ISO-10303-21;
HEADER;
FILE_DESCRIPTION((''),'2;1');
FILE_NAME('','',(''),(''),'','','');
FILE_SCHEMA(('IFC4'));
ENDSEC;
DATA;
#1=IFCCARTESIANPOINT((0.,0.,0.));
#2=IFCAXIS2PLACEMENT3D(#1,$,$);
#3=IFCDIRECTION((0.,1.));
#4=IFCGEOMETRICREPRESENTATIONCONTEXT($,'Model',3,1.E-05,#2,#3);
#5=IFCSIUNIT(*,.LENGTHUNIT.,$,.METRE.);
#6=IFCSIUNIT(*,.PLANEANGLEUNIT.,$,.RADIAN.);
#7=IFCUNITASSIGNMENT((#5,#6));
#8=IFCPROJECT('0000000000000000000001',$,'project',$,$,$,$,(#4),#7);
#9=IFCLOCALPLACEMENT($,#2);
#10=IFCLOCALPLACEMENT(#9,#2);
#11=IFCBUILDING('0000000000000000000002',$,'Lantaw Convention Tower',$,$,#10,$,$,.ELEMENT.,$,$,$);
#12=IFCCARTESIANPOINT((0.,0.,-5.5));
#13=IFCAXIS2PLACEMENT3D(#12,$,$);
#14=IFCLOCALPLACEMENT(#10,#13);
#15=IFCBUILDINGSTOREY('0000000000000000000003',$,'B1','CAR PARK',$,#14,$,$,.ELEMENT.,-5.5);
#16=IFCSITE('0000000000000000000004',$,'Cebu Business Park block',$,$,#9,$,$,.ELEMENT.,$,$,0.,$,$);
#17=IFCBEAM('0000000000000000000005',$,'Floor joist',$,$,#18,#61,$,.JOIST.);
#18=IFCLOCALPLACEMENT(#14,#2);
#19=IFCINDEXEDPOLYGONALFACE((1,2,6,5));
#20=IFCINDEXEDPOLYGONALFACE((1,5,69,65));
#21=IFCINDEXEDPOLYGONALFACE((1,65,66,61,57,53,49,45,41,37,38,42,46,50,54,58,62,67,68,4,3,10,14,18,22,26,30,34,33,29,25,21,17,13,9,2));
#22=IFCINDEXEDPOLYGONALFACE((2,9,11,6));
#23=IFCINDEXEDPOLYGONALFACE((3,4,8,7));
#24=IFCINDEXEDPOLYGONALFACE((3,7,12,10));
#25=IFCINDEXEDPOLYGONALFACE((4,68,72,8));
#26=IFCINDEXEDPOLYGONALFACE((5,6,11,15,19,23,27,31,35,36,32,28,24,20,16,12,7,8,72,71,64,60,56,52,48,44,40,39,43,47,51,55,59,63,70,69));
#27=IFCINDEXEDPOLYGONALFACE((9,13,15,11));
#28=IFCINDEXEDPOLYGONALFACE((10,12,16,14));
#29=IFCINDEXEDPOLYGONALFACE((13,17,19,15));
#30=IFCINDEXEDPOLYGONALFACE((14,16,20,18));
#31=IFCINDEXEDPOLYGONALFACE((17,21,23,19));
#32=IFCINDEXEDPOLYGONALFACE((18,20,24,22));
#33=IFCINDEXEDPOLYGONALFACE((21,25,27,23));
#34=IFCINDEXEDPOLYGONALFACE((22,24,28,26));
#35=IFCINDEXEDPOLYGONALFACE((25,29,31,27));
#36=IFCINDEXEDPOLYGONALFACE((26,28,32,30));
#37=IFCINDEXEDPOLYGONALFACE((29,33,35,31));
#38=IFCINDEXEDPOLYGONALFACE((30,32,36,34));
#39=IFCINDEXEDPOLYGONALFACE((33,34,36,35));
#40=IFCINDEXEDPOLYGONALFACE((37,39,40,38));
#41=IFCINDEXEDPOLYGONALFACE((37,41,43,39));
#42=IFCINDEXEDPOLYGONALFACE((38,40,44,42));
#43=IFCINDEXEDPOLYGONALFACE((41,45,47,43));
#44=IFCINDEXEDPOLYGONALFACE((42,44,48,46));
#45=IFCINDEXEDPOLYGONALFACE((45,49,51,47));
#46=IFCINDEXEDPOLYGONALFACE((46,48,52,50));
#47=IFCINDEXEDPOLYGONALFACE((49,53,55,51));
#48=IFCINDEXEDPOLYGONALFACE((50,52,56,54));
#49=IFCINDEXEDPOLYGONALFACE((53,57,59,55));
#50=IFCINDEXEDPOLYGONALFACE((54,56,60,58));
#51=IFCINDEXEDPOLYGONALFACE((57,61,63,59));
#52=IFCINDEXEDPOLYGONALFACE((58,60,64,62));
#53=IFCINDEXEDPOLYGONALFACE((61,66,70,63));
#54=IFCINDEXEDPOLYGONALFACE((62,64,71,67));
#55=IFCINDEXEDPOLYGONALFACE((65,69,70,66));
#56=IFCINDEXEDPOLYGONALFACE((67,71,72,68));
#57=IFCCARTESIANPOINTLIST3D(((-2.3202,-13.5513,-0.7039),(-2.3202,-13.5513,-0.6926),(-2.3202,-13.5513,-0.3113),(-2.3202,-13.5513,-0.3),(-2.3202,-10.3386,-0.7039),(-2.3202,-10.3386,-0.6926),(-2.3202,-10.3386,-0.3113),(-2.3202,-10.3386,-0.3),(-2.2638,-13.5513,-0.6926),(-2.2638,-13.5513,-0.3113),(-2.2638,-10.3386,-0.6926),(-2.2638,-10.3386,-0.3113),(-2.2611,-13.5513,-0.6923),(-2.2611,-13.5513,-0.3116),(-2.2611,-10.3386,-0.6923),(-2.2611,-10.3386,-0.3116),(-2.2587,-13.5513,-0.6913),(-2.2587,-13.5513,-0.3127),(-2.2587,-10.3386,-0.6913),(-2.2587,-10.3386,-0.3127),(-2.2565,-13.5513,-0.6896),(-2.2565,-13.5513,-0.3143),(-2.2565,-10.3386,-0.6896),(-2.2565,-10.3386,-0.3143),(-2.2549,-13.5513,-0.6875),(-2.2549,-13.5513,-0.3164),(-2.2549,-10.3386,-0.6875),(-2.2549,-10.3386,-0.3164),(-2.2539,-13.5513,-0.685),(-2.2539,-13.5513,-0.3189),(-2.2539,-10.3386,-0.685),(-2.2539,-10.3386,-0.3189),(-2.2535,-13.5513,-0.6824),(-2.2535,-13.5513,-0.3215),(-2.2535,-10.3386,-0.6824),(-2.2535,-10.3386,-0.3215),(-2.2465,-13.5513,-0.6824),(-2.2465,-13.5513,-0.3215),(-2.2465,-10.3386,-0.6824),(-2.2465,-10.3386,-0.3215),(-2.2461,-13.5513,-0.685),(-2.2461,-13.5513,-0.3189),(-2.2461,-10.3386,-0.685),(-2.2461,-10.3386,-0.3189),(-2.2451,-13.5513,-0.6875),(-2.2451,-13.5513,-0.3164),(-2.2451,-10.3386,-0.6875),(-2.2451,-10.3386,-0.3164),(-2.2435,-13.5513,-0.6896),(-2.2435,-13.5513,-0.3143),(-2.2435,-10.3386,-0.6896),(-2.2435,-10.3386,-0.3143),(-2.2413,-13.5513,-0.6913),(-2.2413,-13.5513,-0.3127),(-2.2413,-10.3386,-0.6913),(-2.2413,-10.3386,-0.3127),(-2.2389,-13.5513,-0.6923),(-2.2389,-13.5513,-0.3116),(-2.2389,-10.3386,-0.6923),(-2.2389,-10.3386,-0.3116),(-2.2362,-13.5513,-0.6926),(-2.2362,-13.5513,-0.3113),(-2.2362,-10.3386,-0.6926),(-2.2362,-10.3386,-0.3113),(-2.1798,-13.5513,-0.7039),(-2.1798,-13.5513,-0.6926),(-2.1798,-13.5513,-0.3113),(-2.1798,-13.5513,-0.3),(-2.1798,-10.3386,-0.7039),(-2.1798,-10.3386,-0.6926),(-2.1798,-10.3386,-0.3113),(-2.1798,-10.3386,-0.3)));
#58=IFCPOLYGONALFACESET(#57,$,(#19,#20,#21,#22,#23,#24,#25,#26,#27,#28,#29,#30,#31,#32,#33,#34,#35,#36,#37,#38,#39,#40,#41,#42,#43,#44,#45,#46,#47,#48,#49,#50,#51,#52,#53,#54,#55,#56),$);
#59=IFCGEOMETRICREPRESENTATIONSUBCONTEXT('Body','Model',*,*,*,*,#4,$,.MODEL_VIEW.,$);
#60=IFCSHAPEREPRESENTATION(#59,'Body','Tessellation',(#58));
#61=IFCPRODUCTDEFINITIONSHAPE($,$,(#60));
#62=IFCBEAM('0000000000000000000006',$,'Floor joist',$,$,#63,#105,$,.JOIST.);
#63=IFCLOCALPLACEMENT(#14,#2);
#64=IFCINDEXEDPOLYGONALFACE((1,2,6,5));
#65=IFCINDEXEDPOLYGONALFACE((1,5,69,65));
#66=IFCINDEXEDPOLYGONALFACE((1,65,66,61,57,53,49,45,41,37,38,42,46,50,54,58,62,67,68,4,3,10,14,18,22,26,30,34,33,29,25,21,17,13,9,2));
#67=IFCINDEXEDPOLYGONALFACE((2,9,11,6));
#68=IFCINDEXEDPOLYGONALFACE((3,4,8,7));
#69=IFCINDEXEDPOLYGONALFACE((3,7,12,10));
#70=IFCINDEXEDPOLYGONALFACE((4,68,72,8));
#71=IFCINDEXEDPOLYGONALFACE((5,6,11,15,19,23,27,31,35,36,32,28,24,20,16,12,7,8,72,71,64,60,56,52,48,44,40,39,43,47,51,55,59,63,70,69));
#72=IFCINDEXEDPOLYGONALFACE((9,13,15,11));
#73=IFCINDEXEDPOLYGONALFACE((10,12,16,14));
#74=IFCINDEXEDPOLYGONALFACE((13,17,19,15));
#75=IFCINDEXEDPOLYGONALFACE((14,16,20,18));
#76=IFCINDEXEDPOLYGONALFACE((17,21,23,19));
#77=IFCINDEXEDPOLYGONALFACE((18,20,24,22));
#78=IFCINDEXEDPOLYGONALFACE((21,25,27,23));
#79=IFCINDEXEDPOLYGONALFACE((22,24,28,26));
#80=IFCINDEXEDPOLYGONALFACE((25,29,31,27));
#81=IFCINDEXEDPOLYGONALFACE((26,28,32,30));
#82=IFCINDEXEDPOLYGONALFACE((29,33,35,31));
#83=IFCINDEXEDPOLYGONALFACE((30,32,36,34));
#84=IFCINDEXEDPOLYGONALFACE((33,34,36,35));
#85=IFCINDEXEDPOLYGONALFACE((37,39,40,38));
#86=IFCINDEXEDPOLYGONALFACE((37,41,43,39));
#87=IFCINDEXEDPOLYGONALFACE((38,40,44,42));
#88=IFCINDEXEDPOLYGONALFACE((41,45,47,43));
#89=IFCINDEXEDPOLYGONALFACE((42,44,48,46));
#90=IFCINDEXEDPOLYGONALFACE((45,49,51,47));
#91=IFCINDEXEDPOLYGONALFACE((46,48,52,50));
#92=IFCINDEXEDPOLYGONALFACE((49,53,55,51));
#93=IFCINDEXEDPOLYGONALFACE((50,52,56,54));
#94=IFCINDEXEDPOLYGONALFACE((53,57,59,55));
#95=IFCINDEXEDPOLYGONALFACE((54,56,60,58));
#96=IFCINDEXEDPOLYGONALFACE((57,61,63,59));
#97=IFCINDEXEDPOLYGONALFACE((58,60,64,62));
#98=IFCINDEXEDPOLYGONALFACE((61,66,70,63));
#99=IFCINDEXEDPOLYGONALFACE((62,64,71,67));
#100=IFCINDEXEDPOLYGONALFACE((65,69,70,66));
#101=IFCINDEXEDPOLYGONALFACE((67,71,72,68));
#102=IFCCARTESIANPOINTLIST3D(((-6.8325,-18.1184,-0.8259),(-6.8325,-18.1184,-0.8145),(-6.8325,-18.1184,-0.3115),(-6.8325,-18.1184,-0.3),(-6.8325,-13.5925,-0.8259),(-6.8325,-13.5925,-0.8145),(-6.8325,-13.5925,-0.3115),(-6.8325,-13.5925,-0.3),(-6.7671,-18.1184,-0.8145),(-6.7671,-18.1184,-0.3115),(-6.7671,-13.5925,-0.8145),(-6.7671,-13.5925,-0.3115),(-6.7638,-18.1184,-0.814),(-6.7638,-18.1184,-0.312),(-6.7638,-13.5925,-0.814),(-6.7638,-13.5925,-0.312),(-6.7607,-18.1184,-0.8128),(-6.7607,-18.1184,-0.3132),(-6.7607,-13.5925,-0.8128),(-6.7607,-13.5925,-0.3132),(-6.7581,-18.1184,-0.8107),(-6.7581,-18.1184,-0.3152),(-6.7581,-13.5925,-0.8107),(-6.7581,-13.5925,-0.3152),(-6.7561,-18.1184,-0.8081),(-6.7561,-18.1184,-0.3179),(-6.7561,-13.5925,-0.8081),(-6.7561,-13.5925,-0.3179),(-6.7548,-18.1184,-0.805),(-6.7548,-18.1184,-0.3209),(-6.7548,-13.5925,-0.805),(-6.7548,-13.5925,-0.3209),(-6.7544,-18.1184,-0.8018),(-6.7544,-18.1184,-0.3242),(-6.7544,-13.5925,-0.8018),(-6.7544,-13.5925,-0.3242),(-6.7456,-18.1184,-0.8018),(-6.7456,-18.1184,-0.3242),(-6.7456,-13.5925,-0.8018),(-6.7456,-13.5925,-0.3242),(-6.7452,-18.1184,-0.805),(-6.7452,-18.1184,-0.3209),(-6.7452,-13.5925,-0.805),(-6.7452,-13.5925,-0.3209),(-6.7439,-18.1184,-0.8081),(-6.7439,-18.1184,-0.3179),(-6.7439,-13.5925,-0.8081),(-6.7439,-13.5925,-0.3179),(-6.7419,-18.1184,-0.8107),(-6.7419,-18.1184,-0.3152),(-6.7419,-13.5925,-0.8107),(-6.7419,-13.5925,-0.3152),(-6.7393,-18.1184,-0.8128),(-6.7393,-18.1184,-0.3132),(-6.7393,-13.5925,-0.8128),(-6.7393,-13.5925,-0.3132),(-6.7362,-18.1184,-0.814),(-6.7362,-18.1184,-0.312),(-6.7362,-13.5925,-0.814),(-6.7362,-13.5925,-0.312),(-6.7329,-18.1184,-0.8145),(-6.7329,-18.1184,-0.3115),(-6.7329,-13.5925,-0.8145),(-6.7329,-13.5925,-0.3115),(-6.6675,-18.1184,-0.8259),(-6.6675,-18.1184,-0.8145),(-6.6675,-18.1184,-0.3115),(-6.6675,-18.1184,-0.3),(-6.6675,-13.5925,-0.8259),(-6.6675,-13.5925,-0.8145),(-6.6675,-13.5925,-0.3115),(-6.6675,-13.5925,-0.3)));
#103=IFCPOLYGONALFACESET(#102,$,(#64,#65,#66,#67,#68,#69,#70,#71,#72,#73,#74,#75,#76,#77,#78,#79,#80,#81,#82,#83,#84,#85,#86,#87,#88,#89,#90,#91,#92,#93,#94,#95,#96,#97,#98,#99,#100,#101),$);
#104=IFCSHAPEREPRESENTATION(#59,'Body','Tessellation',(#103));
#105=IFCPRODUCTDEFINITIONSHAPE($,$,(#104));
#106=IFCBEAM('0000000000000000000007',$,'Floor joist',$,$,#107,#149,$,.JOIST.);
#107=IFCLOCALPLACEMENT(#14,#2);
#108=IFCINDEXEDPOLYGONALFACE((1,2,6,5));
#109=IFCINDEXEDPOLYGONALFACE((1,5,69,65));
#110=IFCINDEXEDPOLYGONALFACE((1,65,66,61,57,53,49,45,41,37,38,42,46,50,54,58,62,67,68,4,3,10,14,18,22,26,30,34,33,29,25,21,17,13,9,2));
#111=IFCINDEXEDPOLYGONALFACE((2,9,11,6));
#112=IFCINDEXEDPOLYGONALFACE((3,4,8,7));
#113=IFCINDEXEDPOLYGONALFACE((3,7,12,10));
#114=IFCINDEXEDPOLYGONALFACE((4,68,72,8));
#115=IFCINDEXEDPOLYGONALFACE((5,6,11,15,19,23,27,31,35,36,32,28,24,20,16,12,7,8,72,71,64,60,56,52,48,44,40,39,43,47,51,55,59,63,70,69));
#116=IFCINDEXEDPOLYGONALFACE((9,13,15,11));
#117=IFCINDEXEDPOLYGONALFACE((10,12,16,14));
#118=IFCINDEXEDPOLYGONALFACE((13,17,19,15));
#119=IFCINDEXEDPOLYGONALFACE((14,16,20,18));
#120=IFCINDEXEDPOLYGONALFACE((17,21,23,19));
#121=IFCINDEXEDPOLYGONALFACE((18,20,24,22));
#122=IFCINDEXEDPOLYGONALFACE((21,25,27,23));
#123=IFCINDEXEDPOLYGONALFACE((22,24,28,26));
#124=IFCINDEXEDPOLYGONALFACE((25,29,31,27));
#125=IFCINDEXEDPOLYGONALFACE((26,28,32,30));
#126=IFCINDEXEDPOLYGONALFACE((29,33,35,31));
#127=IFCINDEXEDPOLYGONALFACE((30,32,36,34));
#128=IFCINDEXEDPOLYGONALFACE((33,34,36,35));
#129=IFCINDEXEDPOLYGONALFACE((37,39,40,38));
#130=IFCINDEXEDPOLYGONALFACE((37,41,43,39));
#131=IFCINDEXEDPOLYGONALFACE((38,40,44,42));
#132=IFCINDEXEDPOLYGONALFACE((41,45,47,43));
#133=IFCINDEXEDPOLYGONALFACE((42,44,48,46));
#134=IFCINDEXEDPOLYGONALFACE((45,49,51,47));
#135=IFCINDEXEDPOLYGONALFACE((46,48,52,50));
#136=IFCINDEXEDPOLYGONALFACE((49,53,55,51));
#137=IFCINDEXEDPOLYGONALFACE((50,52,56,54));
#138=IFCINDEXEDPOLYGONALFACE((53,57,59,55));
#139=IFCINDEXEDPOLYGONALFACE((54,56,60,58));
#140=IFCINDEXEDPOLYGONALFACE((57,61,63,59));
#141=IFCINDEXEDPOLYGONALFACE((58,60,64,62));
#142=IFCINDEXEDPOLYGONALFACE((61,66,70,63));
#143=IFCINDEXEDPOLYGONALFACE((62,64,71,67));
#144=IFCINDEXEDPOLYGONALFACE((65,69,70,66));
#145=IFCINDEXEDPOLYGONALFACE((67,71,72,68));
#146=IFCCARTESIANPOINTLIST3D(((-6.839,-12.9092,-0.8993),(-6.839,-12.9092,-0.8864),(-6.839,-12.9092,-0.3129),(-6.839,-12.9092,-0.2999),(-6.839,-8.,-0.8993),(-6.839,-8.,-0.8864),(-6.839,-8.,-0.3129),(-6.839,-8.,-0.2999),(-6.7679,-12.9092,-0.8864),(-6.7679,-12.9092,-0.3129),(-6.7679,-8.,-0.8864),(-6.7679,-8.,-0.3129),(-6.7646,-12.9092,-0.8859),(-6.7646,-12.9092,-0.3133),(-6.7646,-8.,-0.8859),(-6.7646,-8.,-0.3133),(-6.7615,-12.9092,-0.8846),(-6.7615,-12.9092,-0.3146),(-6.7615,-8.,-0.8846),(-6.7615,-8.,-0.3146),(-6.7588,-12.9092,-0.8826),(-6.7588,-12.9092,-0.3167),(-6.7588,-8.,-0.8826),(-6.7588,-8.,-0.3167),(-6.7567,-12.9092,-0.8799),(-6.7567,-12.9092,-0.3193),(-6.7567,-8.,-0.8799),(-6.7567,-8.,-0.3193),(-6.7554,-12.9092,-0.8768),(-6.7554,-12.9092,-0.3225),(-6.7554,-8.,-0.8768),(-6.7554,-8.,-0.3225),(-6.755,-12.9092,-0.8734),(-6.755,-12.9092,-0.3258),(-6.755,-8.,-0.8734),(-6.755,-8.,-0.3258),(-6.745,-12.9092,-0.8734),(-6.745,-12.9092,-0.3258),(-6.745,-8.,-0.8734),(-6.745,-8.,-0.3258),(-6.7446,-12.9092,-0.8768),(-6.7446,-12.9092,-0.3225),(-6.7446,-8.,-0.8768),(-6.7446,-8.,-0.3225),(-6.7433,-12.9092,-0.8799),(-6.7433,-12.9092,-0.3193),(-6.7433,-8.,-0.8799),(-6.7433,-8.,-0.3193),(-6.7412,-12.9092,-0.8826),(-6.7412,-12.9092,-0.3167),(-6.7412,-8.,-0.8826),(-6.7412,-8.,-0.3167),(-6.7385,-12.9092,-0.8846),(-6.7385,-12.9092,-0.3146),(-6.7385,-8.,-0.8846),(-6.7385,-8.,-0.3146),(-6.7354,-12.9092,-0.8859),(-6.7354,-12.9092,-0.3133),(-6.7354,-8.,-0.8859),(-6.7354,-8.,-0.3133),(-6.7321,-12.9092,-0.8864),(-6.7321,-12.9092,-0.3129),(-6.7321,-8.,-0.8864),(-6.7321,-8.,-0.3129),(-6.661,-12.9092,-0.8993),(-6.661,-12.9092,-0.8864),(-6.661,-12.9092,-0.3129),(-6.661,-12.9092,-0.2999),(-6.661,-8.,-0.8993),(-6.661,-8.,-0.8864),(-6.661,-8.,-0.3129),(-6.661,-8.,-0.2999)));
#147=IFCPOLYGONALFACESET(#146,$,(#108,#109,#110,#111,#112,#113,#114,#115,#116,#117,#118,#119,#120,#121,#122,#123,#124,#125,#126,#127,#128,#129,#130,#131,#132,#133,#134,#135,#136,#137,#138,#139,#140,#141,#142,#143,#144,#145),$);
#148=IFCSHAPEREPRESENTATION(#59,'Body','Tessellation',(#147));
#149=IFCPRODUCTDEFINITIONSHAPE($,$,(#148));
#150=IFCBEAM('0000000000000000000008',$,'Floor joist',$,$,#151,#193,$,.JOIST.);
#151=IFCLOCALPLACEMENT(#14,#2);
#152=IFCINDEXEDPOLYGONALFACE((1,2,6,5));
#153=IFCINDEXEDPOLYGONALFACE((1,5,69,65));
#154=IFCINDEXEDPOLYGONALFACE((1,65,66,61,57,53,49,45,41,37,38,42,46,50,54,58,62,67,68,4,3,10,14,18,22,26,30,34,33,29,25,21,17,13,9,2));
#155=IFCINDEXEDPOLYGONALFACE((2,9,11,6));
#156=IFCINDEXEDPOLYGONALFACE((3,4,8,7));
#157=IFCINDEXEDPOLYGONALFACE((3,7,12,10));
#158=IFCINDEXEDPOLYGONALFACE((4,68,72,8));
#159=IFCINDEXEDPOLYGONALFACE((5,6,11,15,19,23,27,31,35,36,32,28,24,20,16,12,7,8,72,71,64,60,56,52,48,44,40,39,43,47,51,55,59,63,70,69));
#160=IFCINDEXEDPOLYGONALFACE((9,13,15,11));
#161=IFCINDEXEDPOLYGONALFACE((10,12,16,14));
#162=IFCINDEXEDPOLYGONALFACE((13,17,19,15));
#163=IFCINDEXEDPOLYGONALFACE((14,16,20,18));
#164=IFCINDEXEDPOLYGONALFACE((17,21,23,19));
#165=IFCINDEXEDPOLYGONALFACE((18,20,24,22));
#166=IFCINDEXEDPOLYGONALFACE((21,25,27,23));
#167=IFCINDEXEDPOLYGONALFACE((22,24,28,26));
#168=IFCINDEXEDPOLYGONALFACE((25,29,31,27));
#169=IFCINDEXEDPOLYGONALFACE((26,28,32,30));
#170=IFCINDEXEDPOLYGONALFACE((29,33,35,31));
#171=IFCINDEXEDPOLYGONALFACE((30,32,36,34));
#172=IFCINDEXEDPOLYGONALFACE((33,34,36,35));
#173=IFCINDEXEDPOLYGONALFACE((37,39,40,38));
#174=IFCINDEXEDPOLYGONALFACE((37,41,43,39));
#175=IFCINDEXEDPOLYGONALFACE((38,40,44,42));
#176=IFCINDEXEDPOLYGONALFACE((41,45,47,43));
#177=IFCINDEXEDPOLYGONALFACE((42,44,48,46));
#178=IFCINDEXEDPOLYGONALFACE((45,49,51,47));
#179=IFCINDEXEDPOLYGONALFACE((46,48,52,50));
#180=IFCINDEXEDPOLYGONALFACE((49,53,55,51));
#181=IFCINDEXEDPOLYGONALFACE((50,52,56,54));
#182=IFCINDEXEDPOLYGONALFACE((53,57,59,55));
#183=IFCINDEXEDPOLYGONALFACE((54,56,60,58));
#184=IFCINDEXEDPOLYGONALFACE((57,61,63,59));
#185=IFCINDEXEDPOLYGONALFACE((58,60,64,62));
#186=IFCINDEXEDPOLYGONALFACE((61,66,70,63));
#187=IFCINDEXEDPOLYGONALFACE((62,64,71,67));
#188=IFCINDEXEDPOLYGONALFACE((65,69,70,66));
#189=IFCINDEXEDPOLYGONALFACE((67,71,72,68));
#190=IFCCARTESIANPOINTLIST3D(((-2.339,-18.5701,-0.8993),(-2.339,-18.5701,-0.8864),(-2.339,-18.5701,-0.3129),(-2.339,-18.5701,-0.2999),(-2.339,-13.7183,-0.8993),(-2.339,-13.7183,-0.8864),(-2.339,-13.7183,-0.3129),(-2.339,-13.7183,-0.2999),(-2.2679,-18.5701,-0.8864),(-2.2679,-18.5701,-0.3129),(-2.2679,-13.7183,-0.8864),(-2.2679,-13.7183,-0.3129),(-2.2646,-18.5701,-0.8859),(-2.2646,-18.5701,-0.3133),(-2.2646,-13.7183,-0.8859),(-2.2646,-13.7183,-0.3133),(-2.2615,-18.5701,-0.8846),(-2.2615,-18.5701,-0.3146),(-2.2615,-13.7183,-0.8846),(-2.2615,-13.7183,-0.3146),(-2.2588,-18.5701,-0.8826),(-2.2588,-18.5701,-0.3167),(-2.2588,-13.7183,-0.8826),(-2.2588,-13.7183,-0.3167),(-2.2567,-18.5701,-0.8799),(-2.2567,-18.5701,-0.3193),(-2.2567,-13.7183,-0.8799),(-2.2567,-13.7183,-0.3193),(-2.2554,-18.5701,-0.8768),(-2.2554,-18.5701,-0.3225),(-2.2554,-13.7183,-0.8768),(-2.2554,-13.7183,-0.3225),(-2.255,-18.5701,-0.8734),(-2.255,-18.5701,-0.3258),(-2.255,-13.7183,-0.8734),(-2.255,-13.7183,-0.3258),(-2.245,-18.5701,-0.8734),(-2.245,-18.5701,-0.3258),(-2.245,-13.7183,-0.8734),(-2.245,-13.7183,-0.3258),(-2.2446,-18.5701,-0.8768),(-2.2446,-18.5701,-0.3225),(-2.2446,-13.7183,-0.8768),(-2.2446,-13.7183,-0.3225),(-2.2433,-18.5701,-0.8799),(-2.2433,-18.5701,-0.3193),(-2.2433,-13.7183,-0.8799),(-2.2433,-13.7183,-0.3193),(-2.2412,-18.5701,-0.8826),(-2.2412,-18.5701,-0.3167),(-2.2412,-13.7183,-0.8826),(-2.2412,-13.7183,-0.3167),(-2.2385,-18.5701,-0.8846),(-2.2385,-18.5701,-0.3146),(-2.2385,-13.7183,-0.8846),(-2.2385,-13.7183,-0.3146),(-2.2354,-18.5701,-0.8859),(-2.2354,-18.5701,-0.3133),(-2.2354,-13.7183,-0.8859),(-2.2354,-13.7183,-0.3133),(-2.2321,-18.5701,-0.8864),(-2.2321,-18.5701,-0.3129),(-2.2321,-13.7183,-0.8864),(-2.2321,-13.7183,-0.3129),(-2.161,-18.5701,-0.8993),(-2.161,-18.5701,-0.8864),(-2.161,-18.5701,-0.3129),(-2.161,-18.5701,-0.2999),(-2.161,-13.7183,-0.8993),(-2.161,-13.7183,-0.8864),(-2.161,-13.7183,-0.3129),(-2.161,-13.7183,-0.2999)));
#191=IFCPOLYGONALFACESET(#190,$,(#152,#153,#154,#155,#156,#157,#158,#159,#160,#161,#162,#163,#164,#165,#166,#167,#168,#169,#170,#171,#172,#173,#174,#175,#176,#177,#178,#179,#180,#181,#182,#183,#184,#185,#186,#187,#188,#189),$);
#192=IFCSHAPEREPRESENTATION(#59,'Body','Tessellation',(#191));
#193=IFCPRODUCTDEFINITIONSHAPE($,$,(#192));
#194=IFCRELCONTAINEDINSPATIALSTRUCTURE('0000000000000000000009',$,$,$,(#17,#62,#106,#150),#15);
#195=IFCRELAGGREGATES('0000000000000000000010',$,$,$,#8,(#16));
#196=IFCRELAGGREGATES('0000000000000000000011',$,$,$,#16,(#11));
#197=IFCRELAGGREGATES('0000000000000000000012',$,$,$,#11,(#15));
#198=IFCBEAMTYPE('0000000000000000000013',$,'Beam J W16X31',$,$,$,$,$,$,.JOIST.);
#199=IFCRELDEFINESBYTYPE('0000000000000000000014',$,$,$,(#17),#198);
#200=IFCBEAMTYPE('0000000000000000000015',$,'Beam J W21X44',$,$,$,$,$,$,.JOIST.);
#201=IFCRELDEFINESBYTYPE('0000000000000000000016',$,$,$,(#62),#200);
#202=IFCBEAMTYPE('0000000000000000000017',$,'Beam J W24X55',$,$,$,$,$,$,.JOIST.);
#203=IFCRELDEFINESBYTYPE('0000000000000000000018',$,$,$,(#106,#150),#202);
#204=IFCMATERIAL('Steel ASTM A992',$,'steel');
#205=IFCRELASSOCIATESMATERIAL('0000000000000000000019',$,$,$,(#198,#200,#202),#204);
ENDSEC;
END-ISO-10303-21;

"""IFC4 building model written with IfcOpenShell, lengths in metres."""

from ifc_helpers import new_model, si_unit, direction, frame, origin, origin_2d, place, context, subcontext, project, spatial, i_section, extrude, material, material_profile, profile_set, type_object, element, save


model = new_model("IFC4")

# Units and contexts
model_context = context("Model", 3, precision=1e-05, world=origin(), true_north=direction((0.0, 1.0)))
body_context = subcontext(model_context, "Body", "Model", "MODEL_VIEW")
ifc_project = project(units=[si_unit("LENGTHUNIT", "METRE"), si_unit("PLANEANGLEUNIT", "RADIAN")], contexts=[model_context])

# Site, building, storey
site_placement = place(None, origin())
site = spatial("IfcSite", under=ifc_project, at=site_placement, Name="Cebu Business Park block", CompositionType="ELEMENT", RefElevation=0.0)
building_placement = place(site_placement, origin())
building = spatial("IfcBuilding", under=site, at=building_placement, Name="Lantaw Convention Tower", CompositionType="ELEMENT")
storey_placement = place(building_placement, frame((0.0, 0.0, -5.5)))
storey = spatial("IfcBuildingStorey", under=building, at=storey_placement, Name="B1", Description="CAR PARK", CompositionType="ELEMENT", Elevation=-5.5)

# Beams
ifc_material_1 = material(Name="Steel ASTM A992", Category="steel")
ifc_material_profile_1 = material_profile(ifc_material_1, i_section(OverallWidth=0.1404, OverallDepth=0.4038, WebThickness=0.0071, FlangeThickness=0.0112, FilletRadius=0.0103, at=origin_2d()), Name="W16X31")
ifc_profile_set_1 = profile_set([ifc_material_profile_1], Name="Steel ASTM A992")
beam_type_1 = type_object("IfcBeamType", Name="Beam J W16X31", PredefinedType="JOIST", material=ifc_profile_set_1)
beam_1_placement = place(storey_placement, frame((-2.25, -13.5513, -0.502), z_axis=(0.0, 1.0, 0.0), x_axis=(-1.0, 0.0, 0.0)))
element("IfcBeam", 1, at=beam_1_placement, inside=storey, type_object=beam_type_1, Name="Floor joist", PredefinedType="JOIST", context=body_context, shape_type="SweptSolid", body=[
    extrude(i_section(OverallWidth=0.1404, OverallDepth=0.4038, WebThickness=0.0071, FlangeThickness=0.0112, FilletRadius=0.0103, at=origin_2d()), origin(), (0.0, 0.0, 1.0), 3.2126),
])
ifc_material_profile_2 = material_profile(ifc_material_1, i_section(OverallWidth=0.165, OverallDepth=0.5259, WebThickness=0.0088, FlangeThickness=0.0115, FilletRadius=0.0127, at=origin_2d()), Name="W21X44")
ifc_profile_set_2 = profile_set([ifc_material_profile_2], Name="Steel ASTM A992")
beam_type_2 = type_object("IfcBeamType", Name="Beam J W21X44", PredefinedType="JOIST", material=ifc_profile_set_2)
beam_2_placement = place(storey_placement, frame((-6.75, -18.1184, -0.563), z_axis=(0.0, 1.0, 0.0), x_axis=(-1.0, 0.0, 0.0)))
element("IfcBeam", 2, at=beam_2_placement, inside=storey, type_object=beam_type_2, Name="Floor joist", PredefinedType="JOIST", context=body_context, shape_type="SweptSolid", body=[
    extrude(i_section(OverallWidth=0.165, OverallDepth=0.5259, WebThickness=0.0088, FlangeThickness=0.0115, FilletRadius=0.0127, at=origin_2d()), origin(), (0.0, 0.0, 1.0), 4.5259),
])
ifc_material_profile_3 = material_profile(ifc_material_1, i_section(OverallWidth=0.178, OverallDepth=0.5994, WebThickness=0.01, FlangeThickness=0.0129, FilletRadius=0.0129, at=origin_2d()), Name="W24X55")
ifc_profile_set_3 = profile_set([ifc_material_profile_3], Name="Steel ASTM A992")
beam_type_3 = type_object("IfcBeamType", Name="Beam J W24X55", PredefinedType="JOIST", material=ifc_profile_set_3)
beam_3_placement = place(storey_placement, frame((-6.75, -12.9092, -0.5996), z_axis=(0.0, 1.0, 0.0), x_axis=(-1.0, 0.0, 0.0)))
element("IfcBeam", 3, at=beam_3_placement, inside=storey, type_object=beam_type_3, Name="Floor joist", PredefinedType="JOIST", context=body_context, shape_type="SweptSolid", body=[
    extrude(i_section(OverallWidth=0.178, OverallDepth=0.5994, WebThickness=0.01, FlangeThickness=0.0129, FilletRadius=0.0129, at=origin_2d()), origin(), (0.0, 0.0, 1.0), 4.9092),
])
beam_4_placement = place(storey_placement, frame((-2.25, -18.5701, -0.5996), z_axis=(0.0, 1.0, 0.0), x_axis=(-1.0, 0.0, 0.0)))
element("IfcBeam", 4, at=beam_4_placement, inside=storey, type_object=beam_type_3, Name="Floor joist", PredefinedType="JOIST", context=body_context, shape_type="SweptSolid", body=[
    extrude(i_section(OverallWidth=0.178, OverallDepth=0.5994, WebThickness=0.01, FlangeThickness=0.0129, FilletRadius=0.0129, at=origin_2d()), origin(), (0.0, 0.0, 1.0), 4.8518),
])

save(model, "model.ifc")
